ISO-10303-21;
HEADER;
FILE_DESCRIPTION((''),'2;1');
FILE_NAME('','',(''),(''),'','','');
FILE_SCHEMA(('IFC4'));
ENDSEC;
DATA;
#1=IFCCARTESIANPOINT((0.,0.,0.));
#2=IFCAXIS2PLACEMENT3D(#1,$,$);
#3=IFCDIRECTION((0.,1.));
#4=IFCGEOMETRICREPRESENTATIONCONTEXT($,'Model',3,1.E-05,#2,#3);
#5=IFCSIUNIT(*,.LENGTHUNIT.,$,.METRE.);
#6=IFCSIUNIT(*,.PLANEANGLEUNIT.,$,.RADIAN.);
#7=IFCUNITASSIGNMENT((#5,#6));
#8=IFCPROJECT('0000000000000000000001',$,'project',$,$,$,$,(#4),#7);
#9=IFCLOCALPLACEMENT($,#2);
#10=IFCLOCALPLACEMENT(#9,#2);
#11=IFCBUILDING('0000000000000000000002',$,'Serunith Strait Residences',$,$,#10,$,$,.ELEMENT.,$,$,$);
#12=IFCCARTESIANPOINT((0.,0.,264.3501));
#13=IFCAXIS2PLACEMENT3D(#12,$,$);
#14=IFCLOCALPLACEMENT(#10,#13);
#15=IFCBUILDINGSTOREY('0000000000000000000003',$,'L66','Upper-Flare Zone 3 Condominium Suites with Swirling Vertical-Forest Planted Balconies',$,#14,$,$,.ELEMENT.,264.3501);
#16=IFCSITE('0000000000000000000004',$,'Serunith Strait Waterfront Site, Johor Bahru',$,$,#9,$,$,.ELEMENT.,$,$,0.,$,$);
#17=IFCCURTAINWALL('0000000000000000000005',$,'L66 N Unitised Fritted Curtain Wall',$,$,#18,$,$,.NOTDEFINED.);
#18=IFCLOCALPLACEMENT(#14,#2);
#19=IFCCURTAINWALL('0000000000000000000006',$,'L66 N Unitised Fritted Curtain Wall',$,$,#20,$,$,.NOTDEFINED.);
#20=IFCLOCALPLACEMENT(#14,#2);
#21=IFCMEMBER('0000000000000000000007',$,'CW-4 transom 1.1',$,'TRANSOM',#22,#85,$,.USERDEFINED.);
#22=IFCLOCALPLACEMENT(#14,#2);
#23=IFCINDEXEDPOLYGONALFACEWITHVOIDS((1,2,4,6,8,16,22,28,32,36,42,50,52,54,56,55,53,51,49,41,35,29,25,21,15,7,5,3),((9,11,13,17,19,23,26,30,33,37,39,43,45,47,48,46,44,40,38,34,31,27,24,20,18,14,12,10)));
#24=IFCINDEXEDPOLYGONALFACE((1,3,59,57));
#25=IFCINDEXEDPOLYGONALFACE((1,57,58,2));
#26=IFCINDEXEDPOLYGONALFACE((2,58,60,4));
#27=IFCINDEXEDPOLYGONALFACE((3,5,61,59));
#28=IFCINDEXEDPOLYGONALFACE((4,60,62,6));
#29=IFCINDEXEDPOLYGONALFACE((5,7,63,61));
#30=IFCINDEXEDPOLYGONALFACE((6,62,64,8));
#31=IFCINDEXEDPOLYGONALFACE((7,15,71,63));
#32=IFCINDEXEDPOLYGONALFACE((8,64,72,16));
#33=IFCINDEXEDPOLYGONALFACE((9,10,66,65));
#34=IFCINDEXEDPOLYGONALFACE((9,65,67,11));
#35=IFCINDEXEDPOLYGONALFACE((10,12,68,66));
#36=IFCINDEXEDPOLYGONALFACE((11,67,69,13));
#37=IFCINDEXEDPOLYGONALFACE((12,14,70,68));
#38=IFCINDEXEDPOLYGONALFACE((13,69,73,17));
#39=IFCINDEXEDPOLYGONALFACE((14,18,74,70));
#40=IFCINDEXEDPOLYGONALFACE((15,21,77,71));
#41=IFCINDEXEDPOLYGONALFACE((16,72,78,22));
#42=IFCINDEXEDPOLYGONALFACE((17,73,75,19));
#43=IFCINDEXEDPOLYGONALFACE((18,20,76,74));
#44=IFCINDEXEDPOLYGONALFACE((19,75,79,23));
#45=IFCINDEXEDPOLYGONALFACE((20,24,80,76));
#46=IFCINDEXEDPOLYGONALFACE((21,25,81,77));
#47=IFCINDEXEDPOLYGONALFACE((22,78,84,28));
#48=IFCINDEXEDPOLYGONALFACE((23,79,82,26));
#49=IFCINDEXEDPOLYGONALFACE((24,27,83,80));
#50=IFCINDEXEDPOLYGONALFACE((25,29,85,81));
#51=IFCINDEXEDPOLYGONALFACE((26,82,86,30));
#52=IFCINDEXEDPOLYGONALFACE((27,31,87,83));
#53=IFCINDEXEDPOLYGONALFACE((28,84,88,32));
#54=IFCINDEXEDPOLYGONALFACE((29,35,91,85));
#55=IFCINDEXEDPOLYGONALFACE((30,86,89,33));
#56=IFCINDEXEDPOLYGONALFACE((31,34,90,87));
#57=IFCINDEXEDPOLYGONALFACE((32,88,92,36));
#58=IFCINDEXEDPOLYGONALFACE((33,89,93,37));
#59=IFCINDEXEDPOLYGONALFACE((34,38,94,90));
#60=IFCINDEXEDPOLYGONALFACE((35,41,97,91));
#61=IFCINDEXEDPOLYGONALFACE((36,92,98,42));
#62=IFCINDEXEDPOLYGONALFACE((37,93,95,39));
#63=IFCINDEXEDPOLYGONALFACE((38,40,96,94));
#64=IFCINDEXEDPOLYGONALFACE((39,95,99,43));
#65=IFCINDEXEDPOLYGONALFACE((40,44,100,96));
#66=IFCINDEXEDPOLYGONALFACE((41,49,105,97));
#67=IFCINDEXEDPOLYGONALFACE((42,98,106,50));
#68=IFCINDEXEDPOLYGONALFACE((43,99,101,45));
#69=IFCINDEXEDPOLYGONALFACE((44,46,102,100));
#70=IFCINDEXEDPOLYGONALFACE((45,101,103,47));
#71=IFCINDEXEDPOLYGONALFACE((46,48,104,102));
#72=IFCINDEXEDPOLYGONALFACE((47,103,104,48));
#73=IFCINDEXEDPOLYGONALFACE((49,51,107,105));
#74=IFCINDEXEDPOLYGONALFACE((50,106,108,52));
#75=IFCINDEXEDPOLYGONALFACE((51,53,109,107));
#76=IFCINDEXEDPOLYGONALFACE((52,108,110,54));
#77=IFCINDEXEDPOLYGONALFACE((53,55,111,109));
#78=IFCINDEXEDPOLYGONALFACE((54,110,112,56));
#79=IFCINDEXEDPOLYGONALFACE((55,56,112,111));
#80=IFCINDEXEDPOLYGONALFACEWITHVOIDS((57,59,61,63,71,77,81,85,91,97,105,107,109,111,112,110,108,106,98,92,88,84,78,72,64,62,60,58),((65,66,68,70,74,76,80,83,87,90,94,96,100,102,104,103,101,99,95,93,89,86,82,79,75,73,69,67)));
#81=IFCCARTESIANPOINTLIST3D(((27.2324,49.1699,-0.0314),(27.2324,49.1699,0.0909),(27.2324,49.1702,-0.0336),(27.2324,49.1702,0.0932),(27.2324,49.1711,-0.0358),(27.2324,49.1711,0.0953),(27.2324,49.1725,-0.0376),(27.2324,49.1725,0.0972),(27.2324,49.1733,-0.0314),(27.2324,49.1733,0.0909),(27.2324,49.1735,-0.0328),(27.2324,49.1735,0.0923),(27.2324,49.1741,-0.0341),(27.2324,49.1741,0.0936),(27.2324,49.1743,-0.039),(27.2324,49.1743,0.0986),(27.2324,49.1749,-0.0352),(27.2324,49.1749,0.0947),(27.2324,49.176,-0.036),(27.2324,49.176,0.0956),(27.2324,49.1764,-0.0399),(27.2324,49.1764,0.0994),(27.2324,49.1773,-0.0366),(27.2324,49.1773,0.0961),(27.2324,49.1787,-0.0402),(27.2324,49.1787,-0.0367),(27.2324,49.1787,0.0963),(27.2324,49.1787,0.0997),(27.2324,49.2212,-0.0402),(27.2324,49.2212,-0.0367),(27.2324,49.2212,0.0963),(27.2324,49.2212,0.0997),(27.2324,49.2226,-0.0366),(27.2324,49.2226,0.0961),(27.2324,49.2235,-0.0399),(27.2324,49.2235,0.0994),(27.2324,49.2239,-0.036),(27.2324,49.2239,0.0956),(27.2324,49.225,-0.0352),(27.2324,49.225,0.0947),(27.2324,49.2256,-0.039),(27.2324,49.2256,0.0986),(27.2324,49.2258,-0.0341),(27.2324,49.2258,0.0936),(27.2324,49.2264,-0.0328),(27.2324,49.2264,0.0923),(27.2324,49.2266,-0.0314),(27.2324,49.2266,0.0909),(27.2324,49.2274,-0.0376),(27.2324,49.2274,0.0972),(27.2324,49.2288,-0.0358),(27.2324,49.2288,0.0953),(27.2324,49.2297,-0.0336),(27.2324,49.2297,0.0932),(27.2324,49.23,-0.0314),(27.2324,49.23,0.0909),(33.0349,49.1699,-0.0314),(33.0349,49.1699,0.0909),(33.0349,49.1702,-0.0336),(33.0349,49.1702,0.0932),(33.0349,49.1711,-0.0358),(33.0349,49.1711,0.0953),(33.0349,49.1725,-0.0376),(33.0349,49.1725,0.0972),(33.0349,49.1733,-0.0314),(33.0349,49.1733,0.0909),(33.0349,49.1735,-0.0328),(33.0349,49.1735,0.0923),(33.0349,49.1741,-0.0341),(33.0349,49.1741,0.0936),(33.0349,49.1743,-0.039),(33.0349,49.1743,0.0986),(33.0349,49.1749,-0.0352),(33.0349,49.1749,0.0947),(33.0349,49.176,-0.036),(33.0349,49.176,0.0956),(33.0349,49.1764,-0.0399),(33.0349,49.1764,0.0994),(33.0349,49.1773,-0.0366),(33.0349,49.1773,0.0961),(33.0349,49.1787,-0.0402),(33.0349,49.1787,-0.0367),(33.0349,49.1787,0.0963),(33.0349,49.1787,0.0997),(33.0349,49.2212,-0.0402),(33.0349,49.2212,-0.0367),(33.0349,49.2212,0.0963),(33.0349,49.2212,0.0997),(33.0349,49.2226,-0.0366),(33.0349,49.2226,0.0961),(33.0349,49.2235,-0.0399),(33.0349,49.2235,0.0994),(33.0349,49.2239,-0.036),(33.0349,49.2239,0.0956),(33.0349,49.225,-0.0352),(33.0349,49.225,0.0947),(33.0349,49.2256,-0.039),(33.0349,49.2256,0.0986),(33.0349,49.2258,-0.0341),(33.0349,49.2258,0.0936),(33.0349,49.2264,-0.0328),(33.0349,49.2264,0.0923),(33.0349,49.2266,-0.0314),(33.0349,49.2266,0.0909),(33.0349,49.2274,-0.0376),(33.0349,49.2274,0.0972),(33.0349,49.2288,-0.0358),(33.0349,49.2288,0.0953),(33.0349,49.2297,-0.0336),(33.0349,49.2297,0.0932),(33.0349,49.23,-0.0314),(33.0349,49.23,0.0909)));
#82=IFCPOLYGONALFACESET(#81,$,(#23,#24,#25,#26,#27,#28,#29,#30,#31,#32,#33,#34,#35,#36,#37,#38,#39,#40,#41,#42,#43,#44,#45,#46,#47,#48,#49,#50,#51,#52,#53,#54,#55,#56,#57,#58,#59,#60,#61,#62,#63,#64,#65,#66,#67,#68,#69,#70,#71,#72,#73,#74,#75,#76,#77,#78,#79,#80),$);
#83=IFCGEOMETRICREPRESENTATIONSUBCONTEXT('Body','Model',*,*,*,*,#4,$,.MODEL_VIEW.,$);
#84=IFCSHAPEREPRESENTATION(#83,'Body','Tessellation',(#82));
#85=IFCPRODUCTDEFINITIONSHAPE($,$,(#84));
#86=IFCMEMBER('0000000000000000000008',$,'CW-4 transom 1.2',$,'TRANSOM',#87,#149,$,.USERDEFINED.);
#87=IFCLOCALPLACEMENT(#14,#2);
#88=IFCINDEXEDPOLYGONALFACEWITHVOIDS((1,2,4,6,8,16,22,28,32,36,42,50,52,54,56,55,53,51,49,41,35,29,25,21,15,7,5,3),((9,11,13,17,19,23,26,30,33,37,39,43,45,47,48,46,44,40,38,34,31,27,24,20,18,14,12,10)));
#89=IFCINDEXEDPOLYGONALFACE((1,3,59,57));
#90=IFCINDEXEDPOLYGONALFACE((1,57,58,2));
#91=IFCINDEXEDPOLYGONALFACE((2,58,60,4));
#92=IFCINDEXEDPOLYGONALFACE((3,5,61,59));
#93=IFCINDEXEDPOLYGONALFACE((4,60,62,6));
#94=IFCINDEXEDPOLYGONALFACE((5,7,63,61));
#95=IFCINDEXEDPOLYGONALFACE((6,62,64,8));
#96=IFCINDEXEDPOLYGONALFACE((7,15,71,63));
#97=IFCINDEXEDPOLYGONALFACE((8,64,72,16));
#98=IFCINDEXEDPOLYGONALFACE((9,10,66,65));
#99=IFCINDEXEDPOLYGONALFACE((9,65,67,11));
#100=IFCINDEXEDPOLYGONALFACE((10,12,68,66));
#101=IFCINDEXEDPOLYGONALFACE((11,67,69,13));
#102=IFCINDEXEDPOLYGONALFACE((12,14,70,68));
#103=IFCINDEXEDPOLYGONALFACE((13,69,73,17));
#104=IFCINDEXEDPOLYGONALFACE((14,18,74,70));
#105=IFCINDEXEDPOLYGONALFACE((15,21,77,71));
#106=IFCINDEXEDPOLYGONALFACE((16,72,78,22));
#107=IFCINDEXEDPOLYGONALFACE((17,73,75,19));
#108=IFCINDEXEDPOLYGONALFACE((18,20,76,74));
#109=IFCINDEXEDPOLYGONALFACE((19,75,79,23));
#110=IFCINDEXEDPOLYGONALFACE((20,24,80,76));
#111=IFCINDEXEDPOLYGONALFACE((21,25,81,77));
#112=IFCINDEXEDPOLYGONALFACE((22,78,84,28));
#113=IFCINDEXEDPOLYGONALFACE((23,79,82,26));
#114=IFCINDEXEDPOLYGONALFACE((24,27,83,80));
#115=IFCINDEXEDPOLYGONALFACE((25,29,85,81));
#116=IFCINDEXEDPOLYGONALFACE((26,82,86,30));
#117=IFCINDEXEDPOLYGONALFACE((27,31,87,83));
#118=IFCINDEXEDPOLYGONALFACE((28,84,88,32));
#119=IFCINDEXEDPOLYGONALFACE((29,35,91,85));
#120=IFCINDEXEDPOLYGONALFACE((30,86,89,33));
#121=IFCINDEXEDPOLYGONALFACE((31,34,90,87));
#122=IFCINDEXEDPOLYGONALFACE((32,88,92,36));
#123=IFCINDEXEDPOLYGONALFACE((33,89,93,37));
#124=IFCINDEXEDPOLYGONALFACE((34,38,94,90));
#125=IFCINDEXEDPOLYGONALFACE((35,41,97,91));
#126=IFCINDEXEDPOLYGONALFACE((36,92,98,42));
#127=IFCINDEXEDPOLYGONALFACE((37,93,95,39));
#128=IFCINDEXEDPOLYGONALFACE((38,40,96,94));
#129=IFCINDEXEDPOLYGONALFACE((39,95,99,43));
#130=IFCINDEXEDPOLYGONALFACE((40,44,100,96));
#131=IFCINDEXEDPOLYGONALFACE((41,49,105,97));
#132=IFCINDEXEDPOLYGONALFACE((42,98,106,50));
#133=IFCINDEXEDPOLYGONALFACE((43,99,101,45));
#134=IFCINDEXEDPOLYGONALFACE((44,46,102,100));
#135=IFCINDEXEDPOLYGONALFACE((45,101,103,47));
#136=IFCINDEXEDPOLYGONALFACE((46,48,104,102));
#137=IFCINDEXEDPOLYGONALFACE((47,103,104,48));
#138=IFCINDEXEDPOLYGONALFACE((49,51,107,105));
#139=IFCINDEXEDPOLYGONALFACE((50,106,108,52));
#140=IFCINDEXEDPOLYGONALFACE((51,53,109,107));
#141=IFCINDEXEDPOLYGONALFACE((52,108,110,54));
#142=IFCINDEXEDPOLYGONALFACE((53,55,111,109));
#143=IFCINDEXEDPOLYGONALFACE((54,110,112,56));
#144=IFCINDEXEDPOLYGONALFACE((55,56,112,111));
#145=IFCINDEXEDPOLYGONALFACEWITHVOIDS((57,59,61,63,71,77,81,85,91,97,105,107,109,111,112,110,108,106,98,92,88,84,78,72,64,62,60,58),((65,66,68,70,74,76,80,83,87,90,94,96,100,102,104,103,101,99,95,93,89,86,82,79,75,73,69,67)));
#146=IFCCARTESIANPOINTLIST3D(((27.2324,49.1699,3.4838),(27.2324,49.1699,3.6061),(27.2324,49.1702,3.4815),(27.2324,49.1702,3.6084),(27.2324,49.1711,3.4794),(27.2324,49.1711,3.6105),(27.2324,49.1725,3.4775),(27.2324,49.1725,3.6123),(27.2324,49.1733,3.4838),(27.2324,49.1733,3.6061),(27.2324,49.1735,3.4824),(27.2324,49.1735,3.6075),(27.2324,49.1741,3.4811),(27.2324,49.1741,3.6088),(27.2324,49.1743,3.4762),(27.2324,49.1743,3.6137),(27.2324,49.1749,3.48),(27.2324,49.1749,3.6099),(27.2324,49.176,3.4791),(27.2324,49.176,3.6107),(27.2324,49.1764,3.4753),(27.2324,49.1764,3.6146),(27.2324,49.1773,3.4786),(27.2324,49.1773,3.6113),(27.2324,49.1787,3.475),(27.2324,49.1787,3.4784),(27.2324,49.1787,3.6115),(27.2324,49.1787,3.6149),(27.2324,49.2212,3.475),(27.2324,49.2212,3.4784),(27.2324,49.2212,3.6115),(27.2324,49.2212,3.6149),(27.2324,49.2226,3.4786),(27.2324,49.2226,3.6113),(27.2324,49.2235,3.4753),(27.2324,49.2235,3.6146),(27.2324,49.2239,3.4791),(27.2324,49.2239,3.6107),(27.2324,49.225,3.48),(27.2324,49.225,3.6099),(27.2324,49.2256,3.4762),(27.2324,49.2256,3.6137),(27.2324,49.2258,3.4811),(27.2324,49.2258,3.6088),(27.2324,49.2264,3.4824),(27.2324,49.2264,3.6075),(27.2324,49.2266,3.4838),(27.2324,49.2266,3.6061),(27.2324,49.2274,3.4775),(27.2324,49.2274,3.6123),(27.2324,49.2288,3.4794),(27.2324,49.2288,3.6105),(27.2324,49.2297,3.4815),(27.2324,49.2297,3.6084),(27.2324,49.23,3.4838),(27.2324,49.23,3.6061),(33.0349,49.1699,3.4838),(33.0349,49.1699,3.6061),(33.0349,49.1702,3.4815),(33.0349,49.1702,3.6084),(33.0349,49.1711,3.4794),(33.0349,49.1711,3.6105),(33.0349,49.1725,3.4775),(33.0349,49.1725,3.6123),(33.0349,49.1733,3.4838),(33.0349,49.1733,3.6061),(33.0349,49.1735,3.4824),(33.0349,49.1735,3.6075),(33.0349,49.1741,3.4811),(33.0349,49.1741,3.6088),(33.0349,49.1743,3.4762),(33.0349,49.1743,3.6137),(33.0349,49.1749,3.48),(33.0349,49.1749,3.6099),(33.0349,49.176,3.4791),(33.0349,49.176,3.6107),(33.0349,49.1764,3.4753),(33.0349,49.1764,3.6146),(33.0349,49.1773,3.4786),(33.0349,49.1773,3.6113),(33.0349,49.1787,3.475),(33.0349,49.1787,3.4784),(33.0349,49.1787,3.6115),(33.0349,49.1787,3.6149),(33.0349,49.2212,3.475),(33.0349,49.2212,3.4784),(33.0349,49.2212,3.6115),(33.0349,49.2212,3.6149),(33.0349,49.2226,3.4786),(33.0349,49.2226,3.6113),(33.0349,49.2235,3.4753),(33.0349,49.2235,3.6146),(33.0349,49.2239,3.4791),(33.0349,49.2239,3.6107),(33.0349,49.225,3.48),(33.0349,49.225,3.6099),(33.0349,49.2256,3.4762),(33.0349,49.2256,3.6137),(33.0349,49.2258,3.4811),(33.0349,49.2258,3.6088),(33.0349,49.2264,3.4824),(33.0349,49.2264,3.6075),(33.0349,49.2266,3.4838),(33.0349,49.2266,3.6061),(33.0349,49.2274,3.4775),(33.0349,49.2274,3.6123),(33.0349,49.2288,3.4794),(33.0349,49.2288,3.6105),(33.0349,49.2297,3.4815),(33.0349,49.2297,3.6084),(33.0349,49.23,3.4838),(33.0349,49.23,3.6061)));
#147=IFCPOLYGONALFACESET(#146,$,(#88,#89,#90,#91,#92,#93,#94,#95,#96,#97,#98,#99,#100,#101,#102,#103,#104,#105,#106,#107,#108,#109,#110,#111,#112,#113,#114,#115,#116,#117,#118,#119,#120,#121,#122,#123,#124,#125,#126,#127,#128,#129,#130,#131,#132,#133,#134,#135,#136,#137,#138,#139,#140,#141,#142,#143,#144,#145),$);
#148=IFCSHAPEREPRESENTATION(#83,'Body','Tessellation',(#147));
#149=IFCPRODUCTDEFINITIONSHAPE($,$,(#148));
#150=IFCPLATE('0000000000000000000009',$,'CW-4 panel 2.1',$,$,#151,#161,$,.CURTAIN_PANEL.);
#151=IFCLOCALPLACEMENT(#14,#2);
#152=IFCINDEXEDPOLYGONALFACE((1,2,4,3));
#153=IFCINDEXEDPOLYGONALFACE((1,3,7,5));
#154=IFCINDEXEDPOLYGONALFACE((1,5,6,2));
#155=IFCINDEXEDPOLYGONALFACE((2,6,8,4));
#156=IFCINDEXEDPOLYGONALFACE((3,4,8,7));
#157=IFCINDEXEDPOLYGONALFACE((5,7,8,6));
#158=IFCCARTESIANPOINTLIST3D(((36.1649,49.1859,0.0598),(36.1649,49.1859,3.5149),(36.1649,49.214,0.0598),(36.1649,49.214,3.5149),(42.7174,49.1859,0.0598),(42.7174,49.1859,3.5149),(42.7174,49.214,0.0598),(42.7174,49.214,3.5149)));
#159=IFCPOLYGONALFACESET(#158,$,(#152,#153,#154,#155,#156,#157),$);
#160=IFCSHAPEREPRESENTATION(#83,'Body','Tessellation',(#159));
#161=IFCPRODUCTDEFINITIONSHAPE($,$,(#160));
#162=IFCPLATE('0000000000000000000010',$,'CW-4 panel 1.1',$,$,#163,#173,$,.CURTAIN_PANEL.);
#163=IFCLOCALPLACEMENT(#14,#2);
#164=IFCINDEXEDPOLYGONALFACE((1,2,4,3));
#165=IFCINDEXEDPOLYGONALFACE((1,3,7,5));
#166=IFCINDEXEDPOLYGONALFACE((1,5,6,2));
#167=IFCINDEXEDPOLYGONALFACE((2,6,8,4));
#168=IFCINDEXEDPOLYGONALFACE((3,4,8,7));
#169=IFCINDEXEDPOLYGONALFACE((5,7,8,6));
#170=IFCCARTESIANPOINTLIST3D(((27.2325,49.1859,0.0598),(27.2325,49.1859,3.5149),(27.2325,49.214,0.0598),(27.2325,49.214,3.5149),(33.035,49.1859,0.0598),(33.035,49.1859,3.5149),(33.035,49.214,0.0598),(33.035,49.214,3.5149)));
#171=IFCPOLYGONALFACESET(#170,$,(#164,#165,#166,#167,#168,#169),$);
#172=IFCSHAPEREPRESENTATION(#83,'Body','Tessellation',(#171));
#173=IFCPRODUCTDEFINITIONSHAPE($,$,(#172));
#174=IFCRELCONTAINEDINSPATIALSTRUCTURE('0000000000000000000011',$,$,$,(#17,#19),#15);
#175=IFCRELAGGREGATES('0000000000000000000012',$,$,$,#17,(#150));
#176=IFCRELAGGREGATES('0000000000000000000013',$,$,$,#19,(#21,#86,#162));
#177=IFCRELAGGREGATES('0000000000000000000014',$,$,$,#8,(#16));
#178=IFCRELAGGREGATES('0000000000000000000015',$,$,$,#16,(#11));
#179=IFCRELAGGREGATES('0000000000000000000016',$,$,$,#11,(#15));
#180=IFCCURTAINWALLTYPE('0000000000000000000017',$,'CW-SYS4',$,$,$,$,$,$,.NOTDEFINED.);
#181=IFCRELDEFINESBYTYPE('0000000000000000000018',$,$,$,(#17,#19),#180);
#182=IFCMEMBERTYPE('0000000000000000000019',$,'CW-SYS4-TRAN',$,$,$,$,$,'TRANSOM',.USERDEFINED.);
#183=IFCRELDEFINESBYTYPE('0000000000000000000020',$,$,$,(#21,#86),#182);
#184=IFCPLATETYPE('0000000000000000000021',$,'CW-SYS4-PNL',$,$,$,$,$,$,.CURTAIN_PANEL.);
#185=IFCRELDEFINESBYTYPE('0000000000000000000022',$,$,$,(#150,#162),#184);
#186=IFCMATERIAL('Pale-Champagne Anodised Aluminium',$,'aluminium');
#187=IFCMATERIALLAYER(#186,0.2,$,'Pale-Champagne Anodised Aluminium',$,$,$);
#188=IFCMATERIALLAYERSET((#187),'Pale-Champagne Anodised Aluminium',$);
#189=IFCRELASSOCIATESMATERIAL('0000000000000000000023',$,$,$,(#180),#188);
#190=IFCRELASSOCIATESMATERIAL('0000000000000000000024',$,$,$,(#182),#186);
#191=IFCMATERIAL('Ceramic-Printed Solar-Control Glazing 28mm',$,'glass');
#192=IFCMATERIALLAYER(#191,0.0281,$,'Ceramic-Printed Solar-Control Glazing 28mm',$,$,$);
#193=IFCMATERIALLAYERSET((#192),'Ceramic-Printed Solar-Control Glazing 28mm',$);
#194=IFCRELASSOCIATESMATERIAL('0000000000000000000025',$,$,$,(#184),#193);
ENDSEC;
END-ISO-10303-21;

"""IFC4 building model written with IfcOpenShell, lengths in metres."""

from ifc_helpers import new_model, si_unit, direction, frame, origin, origin_2d, place, context, subcontext, project, spatial, rectangle, hollow_rectangle, extrude, source, transform, mapped, material, layer, layer_set, material_profile, profile_set, type_object, element, aggregate, save


model = new_model("IFC4")

# Units and contexts
model_context = context("Model", 3, precision=1e-05, world=origin(), true_north=direction((0.0, 1.0)))
body_context = subcontext(model_context, "Body", "Model", "MODEL_VIEW")
ifc_project = project(units=[si_unit("LENGTHUNIT", "METRE"), si_unit("PLANEANGLEUNIT", "RADIAN")], contexts=[model_context])

# Site, building, storey
site_placement = place(None, origin())
site = spatial("IfcSite", under=ifc_project, at=site_placement, Name="Serunith Strait Waterfront Site, Johor Bahru", CompositionType="ELEMENT", RefElevation=0.0)
building_placement = place(site_placement, origin())
building = spatial("IfcBuilding", under=site, at=building_placement, Name="Serunith Strait Residences", CompositionType="ELEMENT")
storey_placement = place(building_placement, frame((0.0, 0.0, 264.3501)))
storey = spatial("IfcBuildingStorey", under=building, at=storey_placement, Name="L66", Description="Upper-Flare Zone 3 Condominium Suites with Swirling Vertical-Forest Planted Balconies", CompositionType="ELEMENT", Elevation=264.3501)

# Curtain wall
ifc_material_1 = material(Name="Pale-Champagne Anodised Aluminium", Category="aluminium")
ifc_layer_1 = layer(ifc_material_1, 0.2, Name="Pale-Champagne Anodised Aluminium")
ifc_layer_set_1 = layer_set([ifc_layer_1], Name="Pale-Champagne Anodised Aluminium")
curtain_wall_type = type_object("IfcCurtainWallType", Name="CW-SYS4", PredefinedType="NOTDEFINED", material=ifc_layer_set_1)
curtain_wall_1_placement = place(storey_placement, origin())
curtain_wall_1 = element("IfcCurtainWall", 1, at=curtain_wall_1_placement, inside=storey, type_object=curtain_wall_type, Name="L66 N Unitised Fritted Curtain Wall", PredefinedType="NOTDEFINED")

# Curtain wall, members
curtain_wall_2_placement = place(storey_placement, origin())
curtain_wall_2 = element("IfcCurtainWall", 2, at=curtain_wall_2_placement, inside=storey, type_object=curtain_wall_type, Name="L66 N Unitised Fritted Curtain Wall", PredefinedType="NOTDEFINED")
ifc_material_profile_1 = material_profile(ifc_material_1, hollow_rectangle(XDim=0.0601, YDim=0.1399, WallThickness=0.0034, InnerFilletRadius=0.0054, OuterFilletRadius=0.0088, at=origin_2d()), Name="ALU 140x60x3.5")
ifc_profile_set_1 = profile_set([ifc_material_profile_1], Name="Pale-Champagne Anodised Aluminium")
member_type_1 = type_object("IfcMemberType", Name="CW-SYS4-TRAN", ElementType="TRANSOM", PredefinedType="USERDEFINED", material=ifc_profile_set_1)
shared_shape_1 = source(origin(), body_context, "Body", "SweptSolid", [
    extrude(hollow_rectangle(XDim=0.0601, YDim=0.1399, WallThickness=0.0034, InnerFilletRadius=0.0054, OuterFilletRadius=0.0088, at=origin_2d()), origin(), (0.0, 0.0, 1.0), 5.8025),
])
member_1_placement = place(storey_placement, frame((33.0349, 49.2, 0.0298), z_axis=(-1.0, 0.0, 0.0), x_axis=(0.0, -1.0, 0.0)))
member_1 = element("IfcMember", 3, at=member_1_placement, type_object=member_type_1, Name="CW-4 transom 1.1", ObjectType="TRANSOM", PredefinedType="USERDEFINED", context=body_context, shape_type="MappedRepresentation", body=[
    mapped(shared_shape_1, transform((0.0, 0.0, 0.0), scale=1.0)),
])
member_2_placement = place(storey_placement, frame((33.0349, 49.2, 3.5449), z_axis=(-1.0, 0.0, 0.0), x_axis=(0.0, -1.0, 0.0)))
member_2 = element("IfcMember", 4, at=member_2_placement, type_object=member_type_1, Name="CW-4 transom 1.2", ObjectType="TRANSOM", PredefinedType="USERDEFINED", context=body_context, shape_type="MappedRepresentation", body=[
    mapped(shared_shape_1, transform((0.0, 0.0, 0.0), scale=1.0)),
])

# Plates
ifc_material_2 = material(Name="Ceramic-Printed Solar-Control Glazing 28mm", Category="glass")
ifc_layer_2 = layer(ifc_material_2, 0.0281, Name="Ceramic-Printed Solar-Control Glazing 28mm")
ifc_layer_set_2 = layer_set([ifc_layer_2], Name="Ceramic-Printed Solar-Control Glazing 28mm")
plate_type = type_object("IfcPlateType", Name="CW-SYS4-PNL", PredefinedType="CURTAIN_PANEL", material=ifc_layer_set_2)
shared_shape_2 = source(origin(), body_context, "Body", "SweptSolid", [
    extrude(rectangle(XDim=6.5525, YDim=0.0281, at=origin_2d()), origin(), (0.0, 0.0, 1.0), 3.4551),
])
plate_1_placement = place(storey_placement, frame((39.4412, 49.2, 0.0598), z_axis=(0.0, 0.0, 1.0), x_axis=(-1.0, 0.0, 0.0)))
plate_1 = element("IfcPlate", 5, at=plate_1_placement, type_object=plate_type, Name="CW-4 panel 2.1", PredefinedType="CURTAIN_PANEL", context=body_context, shape_type="MappedRepresentation", body=[
    mapped(shared_shape_2, transform((0.0, 0.0, 0.0), scale=1.0)),
])
aggregate(curtain_wall_1, [plate_1])
shared_shape_3 = source(origin(), body_context, "Body", "SweptSolid", [
    extrude(rectangle(XDim=5.8025, YDim=0.0281, at=origin_2d()), origin(), (0.0, 0.0, 1.0), 3.4551),
])
plate_2_placement = place(storey_placement, frame((30.1338, 49.2, 0.0598), z_axis=(0.0, 0.0, 1.0), x_axis=(-1.0, 0.0, 0.0)))
plate_2 = element("IfcPlate", 6, at=plate_2_placement, type_object=plate_type, Name="CW-4 panel 1.1", PredefinedType="CURTAIN_PANEL", context=body_context, shape_type="MappedRepresentation", body=[
    mapped(shared_shape_3, transform((0.0, 0.0, 0.0), scale=1.0)),
])
aggregate(curtain_wall_2, [member_1, member_2, plate_2])

save(model, "model.ifc")
